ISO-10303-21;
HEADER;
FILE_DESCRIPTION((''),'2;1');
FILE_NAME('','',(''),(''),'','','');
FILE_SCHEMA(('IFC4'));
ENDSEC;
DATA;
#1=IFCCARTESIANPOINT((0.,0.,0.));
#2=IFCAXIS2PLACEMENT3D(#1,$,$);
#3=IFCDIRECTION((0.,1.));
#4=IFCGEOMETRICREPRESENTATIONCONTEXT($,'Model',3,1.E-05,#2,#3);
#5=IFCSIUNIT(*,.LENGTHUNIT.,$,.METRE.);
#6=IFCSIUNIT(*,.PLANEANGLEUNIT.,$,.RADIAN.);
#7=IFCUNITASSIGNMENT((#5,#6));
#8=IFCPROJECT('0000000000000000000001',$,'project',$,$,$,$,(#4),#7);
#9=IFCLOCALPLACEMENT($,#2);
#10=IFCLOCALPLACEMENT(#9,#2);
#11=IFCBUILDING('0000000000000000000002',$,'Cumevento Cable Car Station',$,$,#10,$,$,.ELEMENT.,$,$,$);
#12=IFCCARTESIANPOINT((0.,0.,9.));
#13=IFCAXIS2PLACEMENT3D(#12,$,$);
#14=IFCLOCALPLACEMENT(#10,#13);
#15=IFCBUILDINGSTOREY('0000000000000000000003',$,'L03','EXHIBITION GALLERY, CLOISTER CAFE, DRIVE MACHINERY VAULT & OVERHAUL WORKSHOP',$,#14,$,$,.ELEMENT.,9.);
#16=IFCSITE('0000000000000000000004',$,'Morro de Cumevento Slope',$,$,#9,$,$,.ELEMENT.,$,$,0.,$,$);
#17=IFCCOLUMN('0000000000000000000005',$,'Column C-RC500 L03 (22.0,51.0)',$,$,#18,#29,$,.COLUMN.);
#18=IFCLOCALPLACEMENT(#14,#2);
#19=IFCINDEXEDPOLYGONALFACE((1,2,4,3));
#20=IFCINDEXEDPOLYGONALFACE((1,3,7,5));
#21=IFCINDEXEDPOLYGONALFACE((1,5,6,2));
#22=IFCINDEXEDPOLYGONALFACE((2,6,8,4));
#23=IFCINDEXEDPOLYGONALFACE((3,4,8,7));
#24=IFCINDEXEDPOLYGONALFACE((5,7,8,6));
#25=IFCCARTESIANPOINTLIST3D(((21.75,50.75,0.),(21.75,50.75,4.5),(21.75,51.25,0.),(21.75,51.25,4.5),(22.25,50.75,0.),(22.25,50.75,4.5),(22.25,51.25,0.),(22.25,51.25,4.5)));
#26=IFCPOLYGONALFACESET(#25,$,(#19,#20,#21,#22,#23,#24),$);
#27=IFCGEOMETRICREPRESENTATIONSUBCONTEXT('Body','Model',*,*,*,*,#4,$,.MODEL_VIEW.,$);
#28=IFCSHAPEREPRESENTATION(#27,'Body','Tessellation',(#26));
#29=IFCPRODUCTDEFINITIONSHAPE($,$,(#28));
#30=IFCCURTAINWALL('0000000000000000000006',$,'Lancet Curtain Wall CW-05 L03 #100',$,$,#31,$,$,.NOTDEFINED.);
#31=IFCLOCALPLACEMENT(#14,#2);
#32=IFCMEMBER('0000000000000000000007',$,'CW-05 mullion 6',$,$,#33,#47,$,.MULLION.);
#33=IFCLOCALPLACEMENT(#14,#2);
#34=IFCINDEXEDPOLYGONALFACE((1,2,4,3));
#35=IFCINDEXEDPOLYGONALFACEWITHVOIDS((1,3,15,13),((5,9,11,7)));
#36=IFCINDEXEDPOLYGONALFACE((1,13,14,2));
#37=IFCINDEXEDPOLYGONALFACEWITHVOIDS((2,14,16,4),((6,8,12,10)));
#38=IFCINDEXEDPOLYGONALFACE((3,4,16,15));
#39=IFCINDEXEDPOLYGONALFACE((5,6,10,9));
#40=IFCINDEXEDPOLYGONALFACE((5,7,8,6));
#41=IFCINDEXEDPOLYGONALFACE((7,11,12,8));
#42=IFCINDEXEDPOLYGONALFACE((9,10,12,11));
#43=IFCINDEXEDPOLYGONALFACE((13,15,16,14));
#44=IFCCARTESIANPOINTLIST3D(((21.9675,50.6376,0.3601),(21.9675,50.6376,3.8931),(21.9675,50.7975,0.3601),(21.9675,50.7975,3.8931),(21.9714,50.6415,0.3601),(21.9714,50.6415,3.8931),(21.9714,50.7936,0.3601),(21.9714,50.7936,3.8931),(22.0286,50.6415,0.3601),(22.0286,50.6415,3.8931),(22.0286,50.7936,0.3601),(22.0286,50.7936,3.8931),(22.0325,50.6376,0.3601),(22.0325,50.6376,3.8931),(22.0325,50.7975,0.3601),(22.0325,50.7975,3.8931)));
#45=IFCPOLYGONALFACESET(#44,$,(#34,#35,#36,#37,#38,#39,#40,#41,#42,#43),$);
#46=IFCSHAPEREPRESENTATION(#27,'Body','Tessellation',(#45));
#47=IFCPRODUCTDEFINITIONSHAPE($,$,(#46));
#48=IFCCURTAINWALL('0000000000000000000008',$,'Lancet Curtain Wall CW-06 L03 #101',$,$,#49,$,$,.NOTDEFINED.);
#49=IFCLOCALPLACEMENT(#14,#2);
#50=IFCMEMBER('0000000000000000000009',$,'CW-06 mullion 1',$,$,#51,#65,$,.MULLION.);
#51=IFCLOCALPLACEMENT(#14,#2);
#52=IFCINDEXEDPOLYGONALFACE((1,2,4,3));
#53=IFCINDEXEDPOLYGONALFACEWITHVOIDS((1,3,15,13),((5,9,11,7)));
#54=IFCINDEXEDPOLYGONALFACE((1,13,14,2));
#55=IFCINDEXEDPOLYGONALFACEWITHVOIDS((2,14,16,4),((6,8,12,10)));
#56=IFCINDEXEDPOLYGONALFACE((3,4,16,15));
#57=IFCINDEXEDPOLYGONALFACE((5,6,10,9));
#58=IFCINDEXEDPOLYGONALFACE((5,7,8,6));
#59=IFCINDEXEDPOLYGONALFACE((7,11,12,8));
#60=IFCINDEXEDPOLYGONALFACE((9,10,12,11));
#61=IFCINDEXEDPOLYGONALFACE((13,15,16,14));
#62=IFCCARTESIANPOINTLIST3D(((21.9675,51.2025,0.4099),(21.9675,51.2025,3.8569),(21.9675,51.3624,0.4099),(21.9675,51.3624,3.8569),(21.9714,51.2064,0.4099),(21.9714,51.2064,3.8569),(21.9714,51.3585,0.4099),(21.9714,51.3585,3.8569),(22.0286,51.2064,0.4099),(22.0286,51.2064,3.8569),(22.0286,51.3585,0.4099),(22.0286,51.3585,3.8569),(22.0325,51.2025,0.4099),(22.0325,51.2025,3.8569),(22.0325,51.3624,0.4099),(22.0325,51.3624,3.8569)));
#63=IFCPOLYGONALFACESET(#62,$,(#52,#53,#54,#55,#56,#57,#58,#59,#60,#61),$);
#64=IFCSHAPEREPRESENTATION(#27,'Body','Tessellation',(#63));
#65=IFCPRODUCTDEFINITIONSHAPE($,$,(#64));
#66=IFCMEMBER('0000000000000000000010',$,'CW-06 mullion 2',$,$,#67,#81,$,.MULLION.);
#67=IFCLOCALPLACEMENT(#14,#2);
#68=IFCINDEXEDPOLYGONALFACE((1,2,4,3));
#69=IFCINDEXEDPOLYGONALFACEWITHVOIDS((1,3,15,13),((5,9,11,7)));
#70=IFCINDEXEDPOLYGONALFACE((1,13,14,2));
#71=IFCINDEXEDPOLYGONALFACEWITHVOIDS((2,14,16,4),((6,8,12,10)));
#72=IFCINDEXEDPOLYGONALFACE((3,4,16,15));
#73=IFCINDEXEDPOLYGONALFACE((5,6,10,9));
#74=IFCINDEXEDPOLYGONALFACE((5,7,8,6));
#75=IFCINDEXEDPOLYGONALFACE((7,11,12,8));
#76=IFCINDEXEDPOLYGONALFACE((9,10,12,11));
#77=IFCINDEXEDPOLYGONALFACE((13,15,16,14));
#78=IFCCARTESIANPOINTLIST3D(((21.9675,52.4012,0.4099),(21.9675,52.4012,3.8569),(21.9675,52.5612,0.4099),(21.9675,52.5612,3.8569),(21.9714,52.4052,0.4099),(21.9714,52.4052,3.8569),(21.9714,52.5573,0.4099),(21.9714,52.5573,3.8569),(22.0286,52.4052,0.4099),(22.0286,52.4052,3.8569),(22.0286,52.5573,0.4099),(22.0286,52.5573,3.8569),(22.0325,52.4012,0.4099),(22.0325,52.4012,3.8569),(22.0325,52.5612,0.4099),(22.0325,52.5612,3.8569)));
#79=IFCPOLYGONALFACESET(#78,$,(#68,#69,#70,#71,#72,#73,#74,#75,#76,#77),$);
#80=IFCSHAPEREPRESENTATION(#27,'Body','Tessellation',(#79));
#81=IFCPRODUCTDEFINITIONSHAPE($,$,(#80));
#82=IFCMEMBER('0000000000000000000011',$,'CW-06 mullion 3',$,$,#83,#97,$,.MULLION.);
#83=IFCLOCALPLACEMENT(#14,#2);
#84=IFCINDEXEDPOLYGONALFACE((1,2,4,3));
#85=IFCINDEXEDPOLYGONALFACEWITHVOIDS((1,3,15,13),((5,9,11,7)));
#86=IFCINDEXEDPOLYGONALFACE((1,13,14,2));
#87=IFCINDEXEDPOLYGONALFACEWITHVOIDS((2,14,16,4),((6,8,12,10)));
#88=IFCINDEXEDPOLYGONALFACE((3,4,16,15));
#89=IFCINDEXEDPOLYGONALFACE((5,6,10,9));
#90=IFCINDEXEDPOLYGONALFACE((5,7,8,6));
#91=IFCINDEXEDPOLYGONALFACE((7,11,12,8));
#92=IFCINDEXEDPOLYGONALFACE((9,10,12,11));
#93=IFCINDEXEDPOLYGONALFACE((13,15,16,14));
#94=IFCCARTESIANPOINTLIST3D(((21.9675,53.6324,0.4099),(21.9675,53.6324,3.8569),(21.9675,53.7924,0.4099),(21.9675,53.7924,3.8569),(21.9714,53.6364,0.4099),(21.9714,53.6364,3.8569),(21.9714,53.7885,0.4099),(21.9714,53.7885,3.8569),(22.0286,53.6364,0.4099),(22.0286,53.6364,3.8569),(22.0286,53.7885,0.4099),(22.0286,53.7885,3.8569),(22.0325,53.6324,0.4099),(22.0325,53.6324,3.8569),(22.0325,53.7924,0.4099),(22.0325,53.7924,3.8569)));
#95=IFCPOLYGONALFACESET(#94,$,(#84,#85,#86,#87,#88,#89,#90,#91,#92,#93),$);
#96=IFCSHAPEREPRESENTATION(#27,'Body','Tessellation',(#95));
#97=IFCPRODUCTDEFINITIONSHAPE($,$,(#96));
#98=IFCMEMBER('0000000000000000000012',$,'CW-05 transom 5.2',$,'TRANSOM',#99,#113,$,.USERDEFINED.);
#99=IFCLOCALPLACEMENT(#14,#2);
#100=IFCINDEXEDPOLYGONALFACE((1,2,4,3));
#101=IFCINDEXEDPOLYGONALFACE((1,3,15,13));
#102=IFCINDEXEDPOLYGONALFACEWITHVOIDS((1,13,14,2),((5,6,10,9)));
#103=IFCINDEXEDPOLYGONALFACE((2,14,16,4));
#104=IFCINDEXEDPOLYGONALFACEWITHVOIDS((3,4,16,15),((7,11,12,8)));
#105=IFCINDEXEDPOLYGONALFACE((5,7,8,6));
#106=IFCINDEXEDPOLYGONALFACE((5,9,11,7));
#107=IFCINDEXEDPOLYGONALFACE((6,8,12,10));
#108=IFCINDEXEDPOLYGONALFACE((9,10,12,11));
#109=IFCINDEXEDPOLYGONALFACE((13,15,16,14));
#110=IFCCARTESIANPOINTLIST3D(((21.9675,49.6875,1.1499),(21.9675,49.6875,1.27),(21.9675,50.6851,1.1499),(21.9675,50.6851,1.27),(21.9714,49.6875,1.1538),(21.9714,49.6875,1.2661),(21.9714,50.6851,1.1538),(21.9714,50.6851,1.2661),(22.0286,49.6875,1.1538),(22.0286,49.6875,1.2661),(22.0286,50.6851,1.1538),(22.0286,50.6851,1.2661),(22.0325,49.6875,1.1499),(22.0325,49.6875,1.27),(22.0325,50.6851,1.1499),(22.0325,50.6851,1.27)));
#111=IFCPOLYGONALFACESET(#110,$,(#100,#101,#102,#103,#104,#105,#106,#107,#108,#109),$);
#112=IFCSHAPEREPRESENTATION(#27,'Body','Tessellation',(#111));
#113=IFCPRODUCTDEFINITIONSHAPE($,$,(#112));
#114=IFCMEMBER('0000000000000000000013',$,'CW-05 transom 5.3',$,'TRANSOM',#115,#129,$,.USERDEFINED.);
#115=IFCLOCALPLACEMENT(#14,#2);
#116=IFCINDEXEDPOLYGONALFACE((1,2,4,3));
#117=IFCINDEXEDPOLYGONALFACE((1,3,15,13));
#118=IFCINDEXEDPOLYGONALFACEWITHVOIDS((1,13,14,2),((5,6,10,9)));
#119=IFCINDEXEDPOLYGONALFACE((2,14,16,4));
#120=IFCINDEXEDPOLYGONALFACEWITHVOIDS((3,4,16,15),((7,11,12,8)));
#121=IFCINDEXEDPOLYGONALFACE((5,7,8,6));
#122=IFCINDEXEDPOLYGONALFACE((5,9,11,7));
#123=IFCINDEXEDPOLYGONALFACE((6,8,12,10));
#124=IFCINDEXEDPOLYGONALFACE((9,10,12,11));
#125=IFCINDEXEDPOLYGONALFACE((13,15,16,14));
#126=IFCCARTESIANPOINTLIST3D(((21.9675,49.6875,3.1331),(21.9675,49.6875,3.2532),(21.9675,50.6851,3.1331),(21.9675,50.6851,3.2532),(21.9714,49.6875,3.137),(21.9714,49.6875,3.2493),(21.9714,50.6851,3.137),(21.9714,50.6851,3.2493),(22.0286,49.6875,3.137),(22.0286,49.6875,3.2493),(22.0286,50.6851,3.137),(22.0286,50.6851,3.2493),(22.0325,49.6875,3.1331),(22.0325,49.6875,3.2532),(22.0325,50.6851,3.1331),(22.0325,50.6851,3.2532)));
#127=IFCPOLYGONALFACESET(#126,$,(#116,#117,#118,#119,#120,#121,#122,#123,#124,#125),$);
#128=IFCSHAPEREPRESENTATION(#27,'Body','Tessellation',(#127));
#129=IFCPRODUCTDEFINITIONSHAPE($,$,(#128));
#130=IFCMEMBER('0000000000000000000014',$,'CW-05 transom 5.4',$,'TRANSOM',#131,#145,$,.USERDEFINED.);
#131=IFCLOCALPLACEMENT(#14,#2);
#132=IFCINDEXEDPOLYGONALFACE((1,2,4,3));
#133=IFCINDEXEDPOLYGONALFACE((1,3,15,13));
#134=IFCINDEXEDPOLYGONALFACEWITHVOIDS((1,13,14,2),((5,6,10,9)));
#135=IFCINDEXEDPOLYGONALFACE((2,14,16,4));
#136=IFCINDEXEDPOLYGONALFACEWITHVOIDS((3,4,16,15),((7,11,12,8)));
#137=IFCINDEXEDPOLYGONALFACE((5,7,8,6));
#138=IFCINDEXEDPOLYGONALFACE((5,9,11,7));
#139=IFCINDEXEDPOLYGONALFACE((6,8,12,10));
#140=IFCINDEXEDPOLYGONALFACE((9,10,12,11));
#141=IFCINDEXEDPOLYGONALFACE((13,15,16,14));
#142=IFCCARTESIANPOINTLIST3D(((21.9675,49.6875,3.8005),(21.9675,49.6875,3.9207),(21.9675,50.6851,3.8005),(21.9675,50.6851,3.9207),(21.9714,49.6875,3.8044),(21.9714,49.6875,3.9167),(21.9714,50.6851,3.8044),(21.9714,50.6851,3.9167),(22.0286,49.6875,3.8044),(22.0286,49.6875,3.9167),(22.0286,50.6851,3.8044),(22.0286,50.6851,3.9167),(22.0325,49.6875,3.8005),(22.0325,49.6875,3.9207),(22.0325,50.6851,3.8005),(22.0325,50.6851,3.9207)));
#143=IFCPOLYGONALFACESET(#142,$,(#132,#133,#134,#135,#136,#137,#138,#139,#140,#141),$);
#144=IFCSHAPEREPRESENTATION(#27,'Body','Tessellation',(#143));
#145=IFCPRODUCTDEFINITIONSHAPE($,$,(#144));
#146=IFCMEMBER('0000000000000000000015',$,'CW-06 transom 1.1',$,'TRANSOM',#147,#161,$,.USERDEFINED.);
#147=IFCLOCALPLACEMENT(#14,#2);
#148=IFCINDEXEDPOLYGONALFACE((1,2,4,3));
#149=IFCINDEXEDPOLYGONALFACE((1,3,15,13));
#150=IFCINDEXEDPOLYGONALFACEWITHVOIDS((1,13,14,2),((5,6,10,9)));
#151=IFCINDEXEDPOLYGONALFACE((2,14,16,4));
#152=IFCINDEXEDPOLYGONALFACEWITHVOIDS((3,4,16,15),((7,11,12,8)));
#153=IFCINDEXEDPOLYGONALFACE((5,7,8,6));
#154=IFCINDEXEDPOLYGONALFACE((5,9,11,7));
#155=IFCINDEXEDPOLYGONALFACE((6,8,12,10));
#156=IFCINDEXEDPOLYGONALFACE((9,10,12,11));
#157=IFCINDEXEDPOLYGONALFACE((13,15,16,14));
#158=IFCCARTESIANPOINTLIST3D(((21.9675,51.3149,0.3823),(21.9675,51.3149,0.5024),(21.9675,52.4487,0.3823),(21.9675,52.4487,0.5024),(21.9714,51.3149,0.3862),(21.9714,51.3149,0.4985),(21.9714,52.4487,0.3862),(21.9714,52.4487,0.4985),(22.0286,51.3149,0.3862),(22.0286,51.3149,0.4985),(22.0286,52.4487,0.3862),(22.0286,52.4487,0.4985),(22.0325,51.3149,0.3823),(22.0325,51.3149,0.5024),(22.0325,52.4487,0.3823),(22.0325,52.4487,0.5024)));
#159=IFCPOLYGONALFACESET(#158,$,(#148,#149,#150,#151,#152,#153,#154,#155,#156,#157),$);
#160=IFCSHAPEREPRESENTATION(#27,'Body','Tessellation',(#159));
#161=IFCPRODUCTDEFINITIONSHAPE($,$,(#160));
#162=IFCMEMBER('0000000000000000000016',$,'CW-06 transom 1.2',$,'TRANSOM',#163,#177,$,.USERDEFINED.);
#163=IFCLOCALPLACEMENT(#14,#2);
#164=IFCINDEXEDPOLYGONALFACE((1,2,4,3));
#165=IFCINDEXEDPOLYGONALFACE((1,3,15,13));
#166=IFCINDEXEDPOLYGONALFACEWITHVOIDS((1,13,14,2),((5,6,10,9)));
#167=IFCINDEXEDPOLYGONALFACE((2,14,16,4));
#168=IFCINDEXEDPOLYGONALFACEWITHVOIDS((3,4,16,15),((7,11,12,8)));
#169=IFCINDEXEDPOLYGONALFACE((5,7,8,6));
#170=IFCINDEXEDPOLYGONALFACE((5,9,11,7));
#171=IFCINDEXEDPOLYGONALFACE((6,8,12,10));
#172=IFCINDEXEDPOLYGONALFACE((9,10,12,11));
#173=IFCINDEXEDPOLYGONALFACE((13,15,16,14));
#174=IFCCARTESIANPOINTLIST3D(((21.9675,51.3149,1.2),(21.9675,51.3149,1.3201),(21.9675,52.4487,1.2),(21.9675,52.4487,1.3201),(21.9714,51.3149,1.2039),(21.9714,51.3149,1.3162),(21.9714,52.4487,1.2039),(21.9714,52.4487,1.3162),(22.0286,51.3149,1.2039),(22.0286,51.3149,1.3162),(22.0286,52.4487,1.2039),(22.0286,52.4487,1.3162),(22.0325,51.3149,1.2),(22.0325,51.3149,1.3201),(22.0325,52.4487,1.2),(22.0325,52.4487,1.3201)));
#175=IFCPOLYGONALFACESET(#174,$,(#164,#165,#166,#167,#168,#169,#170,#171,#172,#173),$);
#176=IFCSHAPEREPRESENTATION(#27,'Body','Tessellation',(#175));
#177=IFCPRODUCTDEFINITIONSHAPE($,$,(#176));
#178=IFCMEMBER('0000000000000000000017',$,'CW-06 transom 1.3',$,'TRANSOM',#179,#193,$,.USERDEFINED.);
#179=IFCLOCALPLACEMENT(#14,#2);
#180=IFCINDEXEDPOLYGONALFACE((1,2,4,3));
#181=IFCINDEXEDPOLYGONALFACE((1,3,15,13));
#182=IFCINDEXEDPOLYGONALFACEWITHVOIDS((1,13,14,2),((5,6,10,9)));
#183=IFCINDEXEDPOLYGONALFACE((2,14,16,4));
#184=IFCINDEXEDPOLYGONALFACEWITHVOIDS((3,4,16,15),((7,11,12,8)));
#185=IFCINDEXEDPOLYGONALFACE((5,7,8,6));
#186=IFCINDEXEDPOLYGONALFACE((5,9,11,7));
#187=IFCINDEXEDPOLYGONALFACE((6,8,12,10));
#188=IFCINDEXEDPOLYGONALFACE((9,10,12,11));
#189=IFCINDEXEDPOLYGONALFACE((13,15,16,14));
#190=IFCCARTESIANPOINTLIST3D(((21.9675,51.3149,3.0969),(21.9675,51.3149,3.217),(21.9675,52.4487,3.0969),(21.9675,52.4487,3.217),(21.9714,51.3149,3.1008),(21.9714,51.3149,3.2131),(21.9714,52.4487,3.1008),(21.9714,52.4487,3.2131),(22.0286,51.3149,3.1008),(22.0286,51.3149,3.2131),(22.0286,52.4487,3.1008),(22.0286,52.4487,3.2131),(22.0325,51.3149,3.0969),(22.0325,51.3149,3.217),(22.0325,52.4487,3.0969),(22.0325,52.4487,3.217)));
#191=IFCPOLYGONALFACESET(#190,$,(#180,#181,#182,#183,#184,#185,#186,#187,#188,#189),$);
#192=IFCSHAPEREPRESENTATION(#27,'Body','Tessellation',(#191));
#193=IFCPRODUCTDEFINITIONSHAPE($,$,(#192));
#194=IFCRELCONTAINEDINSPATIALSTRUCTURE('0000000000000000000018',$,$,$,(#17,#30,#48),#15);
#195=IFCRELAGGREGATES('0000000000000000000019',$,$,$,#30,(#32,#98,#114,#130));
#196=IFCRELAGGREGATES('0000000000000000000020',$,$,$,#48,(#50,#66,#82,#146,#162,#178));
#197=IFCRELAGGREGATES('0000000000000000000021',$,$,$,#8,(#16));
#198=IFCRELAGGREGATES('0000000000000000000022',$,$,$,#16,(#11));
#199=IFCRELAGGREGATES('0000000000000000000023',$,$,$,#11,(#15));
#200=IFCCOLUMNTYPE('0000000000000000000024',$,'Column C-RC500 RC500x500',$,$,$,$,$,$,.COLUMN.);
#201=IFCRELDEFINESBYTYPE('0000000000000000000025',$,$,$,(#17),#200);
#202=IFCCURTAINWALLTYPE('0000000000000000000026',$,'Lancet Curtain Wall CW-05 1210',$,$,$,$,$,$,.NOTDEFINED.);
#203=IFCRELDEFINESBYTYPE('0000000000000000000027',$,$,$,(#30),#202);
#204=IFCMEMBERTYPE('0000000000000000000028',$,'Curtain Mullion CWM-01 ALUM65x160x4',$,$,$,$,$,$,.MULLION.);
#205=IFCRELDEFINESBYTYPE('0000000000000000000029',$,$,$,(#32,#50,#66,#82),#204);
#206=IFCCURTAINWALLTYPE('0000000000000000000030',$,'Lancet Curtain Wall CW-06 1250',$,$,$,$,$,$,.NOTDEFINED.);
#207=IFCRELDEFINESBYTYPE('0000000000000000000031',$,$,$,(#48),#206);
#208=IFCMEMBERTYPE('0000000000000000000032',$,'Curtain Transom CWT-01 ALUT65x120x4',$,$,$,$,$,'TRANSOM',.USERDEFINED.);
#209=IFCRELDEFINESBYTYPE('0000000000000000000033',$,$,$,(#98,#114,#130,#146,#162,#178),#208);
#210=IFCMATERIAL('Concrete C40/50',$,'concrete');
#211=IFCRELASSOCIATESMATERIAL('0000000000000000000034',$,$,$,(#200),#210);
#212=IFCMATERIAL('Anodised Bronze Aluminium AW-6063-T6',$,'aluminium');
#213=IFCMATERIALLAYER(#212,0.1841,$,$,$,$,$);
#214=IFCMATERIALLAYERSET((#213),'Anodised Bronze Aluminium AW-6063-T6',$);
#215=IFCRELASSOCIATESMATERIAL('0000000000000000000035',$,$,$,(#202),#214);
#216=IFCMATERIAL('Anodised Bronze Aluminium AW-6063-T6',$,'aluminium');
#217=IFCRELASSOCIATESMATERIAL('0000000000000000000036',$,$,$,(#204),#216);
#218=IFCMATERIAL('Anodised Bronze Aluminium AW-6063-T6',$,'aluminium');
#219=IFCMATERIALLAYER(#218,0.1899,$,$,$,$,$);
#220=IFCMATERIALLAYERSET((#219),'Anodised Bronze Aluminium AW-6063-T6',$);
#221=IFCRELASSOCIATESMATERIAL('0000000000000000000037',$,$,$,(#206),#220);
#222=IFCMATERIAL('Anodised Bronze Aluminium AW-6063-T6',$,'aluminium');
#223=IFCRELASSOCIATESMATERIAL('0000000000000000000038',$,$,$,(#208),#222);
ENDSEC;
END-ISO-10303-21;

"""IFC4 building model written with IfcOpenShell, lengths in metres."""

from ifc_helpers import new_model, si_unit, direction, frame, origin, origin_2d, place, context, subcontext, project, spatial, rectangle, hollow_rectangle, extrude, material, layer, layer_set, material_profile, profile_set, type_object, element, aggregate, save


model = new_model("IFC4")

# Units and contexts
model_context = context("Model", 3, precision=1e-05, world=origin(), true_north=direction((0.0, 1.0)))
body_context = subcontext(model_context, "Body", "Model", "MODEL_VIEW")
ifc_project = project(units=[si_unit("LENGTHUNIT", "METRE"), si_unit("PLANEANGLEUNIT", "RADIAN")], contexts=[model_context])

# Site, building, storey
site_placement = place(None, origin())
site = spatial("IfcSite", under=ifc_project, at=site_placement, Name="Morro de Cumevento Slope", CompositionType="ELEMENT", RefElevation=0.0)
building_placement = place(site_placement, origin())
building = spatial("IfcBuilding", under=site, at=building_placement, Name="Cumevento Cable Car Station", CompositionType="ELEMENT")
storey_placement = place(building_placement, frame((0.0, 0.0, 9.0)))
storey = spatial("IfcBuildingStorey", under=building, at=storey_placement, Name="L03", Description="EXHIBITION GALLERY, CLOISTER CAFE, DRIVE MACHINERY VAULT & OVERHAUL WORKSHOP", CompositionType="ELEMENT", Elevation=9.0)

# Column
ifc_material_1 = material(Name="Concrete C40/50", Category="concrete")
ifc_material_profile_1 = material_profile(ifc_material_1, rectangle(XDim=0.5, YDim=0.5, at=origin_2d()), Name="RC500x500")
ifc_profile_set_1 = profile_set([ifc_material_profile_1], Name="Concrete C40/50")
column_type = type_object("IfcColumnType", Name="Column C-RC500 RC500x500", PredefinedType="COLUMN", material=ifc_profile_set_1)
column_placement = place(storey_placement, frame((22.0, 51.0, 0.0), z_axis=(0.0, 0.0, 1.0), x_axis=(1.0, 0.0, 0.0)))
element("IfcColumn", 1, at=column_placement, inside=storey, type_object=column_type, Name="Column C-RC500 L03 (22.0,51.0)", PredefinedType="COLUMN", context=body_context, shape_type="SweptSolid", body=[
    extrude(rectangle(XDim=0.5, YDim=0.5, at=origin_2d()), origin(), (0.0, 0.0, 1.0), 4.5),
])

# Curtain wall, member
ifc_material_2 = material(Name="Anodised Bronze Aluminium AW-6063-T6", Category="aluminium")
ifc_layer_1 = layer(ifc_material_2, 0.1841)
ifc_layer_set_1 = layer_set([ifc_layer_1], Name="Anodised Bronze Aluminium AW-6063-T6")
curtain_wall_type_1 = type_object("IfcCurtainWallType", Name="Lancet Curtain Wall CW-05 1210", PredefinedType="NOTDEFINED", material=ifc_layer_set_1)
curtain_wall_1_placement = place(storey_placement, origin())
curtain_wall_1 = element("IfcCurtainWall", 2, at=curtain_wall_1_placement, inside=storey, type_object=curtain_wall_type_1, Name="Lancet Curtain Wall CW-05 L03 #100", PredefinedType="NOTDEFINED")
ifc_material_3 = material(Name="Anodised Bronze Aluminium AW-6063-T6", Category="aluminium")
ifc_material_profile_2 = material_profile(ifc_material_3, hollow_rectangle(XDim=0.0649, YDim=0.1599, WallThickness=0.0039, at=origin_2d()), Name="ALUM65x160x4")
ifc_profile_set_2 = profile_set([ifc_material_profile_2], Name="Anodised Bronze Aluminium AW-6063-T6")
member_type_1 = type_object("IfcMemberType", Name="Curtain Mullion CWM-01 ALUM65x160x4", PredefinedType="MULLION", material=ifc_profile_set_2)
member_1_placement = place(storey_placement, frame((22.0, 50.7175, 0.3601), z_axis=(0.0, 0.0, 1.0), x_axis=(-1.0, 0.0, 0.0)))
member_1 = element("IfcMember", 3, at=member_1_placement, type_object=member_type_1, Name="CW-05 mullion 6", PredefinedType="MULLION", context=body_context, shape_type="SweptSolid", body=[
    extrude(hollow_rectangle(XDim=0.0649, YDim=0.1599, WallThickness=0.0039, at=origin_2d()), origin(), (0.0, 0.0, 1.0), 3.533),
])

# Curtain wall, members
ifc_material_4 = material(Name="Anodised Bronze Aluminium AW-6063-T6", Category="aluminium")
ifc_layer_2 = layer(ifc_material_4, 0.1899)
ifc_layer_set_2 = layer_set([ifc_layer_2], Name="Anodised Bronze Aluminium AW-6063-T6")
curtain_wall_type_2 = type_object("IfcCurtainWallType", Name="Lancet Curtain Wall CW-06 1250", PredefinedType="NOTDEFINED", material=ifc_layer_set_2)
curtain_wall_2_placement = place(storey_placement, origin())
curtain_wall_2 = element("IfcCurtainWall", 4, at=curtain_wall_2_placement, inside=storey, type_object=curtain_wall_type_2, Name="Lancet Curtain Wall CW-06 L03 #101", PredefinedType="NOTDEFINED")
member_2_placement = place(storey_placement, frame((22.0, 51.2825, 0.4099), z_axis=(0.0, 0.0, 1.0), x_axis=(-1.0, 0.0, 0.0)))
member_2 = element("IfcMember", 5, at=member_2_placement, type_object=member_type_1, Name="CW-06 mullion 1", PredefinedType="MULLION", context=body_context, shape_type="SweptSolid", body=[
    extrude(hollow_rectangle(XDim=0.0649, YDim=0.1599, WallThickness=0.0039, at=origin_2d()), origin(), (0.0, 0.0, 1.0), 3.447),
])
member_3_placement = place(storey_placement, frame((22.0, 52.4812, 0.4099), z_axis=(0.0, 0.0, 1.0), x_axis=(-1.0, 0.0, 0.0)))
member_3 = element("IfcMember", 6, at=member_3_placement, type_object=member_type_1, Name="CW-06 mullion 2", PredefinedType="MULLION", context=body_context, shape_type="SweptSolid", body=[
    extrude(hollow_rectangle(XDim=0.0649, YDim=0.1599, WallThickness=0.0039, at=origin_2d()), origin(), (0.0, 0.0, 1.0), 3.447),
])
member_4_placement = place(storey_placement, frame((22.0, 53.7124, 0.4099), z_axis=(0.0, 0.0, 1.0), x_axis=(-1.0, 0.0, 0.0)))
member_4 = element("IfcMember", 7, at=member_4_placement, type_object=member_type_1, Name="CW-06 mullion 3", PredefinedType="MULLION", context=body_context, shape_type="SweptSolid", body=[
    extrude(hollow_rectangle(XDim=0.0649, YDim=0.1599, WallThickness=0.0039, at=origin_2d()), origin(), (0.0, 0.0, 1.0), 3.447),
])

# Members
ifc_material_5 = material(Name="Anodised Bronze Aluminium AW-6063-T6", Category="aluminium")
ifc_material_profile_3 = material_profile(ifc_material_5, hollow_rectangle(XDim=0.0649, YDim=0.1201, WallThickness=0.0039, at=origin_2d()), Name="ALUT65x120x4")
ifc_profile_set_3 = profile_set([ifc_material_profile_3], Name="Anodised Bronze Aluminium AW-6063-T6")
member_type_2 = type_object("IfcMemberType", Name="Curtain Transom CWT-01 ALUT65x120x4", ElementType="TRANSOM", PredefinedType="USERDEFINED", material=ifc_profile_set_3)
member_5_placement = place(storey_placement, frame((22.0, 49.6875, 1.21), z_axis=(0.0, 1.0, 0.0), x_axis=(-1.0, 0.0, 0.0)))
member_5 = element("IfcMember", 8, at=member_5_placement, type_object=member_type_2, Name="CW-05 transom 5.2", ObjectType="TRANSOM", PredefinedType="USERDEFINED", context=body_context, shape_type="SweptSolid", body=[
    extrude(hollow_rectangle(XDim=0.0649, YDim=0.1201, WallThickness=0.0039, at=origin_2d()), origin(), (0.0, 0.0, 1.0), 0.9976),
])
member_6_placement = place(storey_placement, frame((22.0, 49.6875, 3.1931), z_axis=(0.0, 1.0, 0.0), x_axis=(-1.0, 0.0, 0.0)))
member_6 = element("IfcMember", 9, at=member_6_placement, type_object=member_type_2, Name="CW-05 transom 5.3", ObjectType="TRANSOM", PredefinedType="USERDEFINED", context=body_context, shape_type="SweptSolid", body=[
    extrude(hollow_rectangle(XDim=0.0649, YDim=0.1201, WallThickness=0.0039, at=origin_2d()), origin(), (0.0, 0.0, 1.0), 0.9976),
])
member_7_placement = place(storey_placement, frame((22.0, 49.6875, 3.8606), z_axis=(0.0, 1.0, 0.0), x_axis=(-1.0, 0.0, 0.0)))
member_7 = element("IfcMember", 10, at=member_7_placement, type_object=member_type_2, Name="CW-05 transom 5.4", ObjectType="TRANSOM", PredefinedType="USERDEFINED", context=body_context, shape_type="SweptSolid", body=[
    extrude(hollow_rectangle(XDim=0.0649, YDim=0.1201, WallThickness=0.0039, at=origin_2d()), origin(), (0.0, 0.0, 1.0), 0.9976),
])
member_8_placement = place(storey_placement, frame((22.0, 51.3149, 0.4424), z_axis=(0.0, 1.0, 0.0), x_axis=(-1.0, 0.0, 0.0)))
member_8 = element("IfcMember", 11, at=member_8_placement, type_object=member_type_2, Name="CW-06 transom 1.1", ObjectType="TRANSOM", PredefinedType="USERDEFINED", context=body_context, shape_type="SweptSolid", body=[
    extrude(hollow_rectangle(XDim=0.0649, YDim=0.1201, WallThickness=0.0039, at=origin_2d()), origin(), (0.0, 0.0, 1.0), 1.1338),
])
member_9_placement = place(storey_placement, frame((22.0, 51.3149, 1.26), z_axis=(0.0, 1.0, 0.0), x_axis=(-1.0, 0.0, 0.0)))
member_9 = element("IfcMember", 12, at=member_9_placement, type_object=member_type_2, Name="CW-06 transom 1.2", ObjectType="TRANSOM", PredefinedType="USERDEFINED", context=body_context, shape_type="SweptSolid", body=[
    extrude(hollow_rectangle(XDim=0.0649, YDim=0.1201, WallThickness=0.0039, at=origin_2d()), origin(), (0.0, 0.0, 1.0), 1.1338),
])
member_10_placement = place(storey_placement, frame((22.0, 51.3149, 3.157), z_axis=(0.0, 1.0, 0.0), x_axis=(-1.0, 0.0, 0.0)))
member_10 = element("IfcMember", 13, at=member_10_placement, type_object=member_type_2, Name="CW-06 transom 1.3", ObjectType="TRANSOM", PredefinedType="USERDEFINED", context=body_context, shape_type="SweptSolid", body=[
    extrude(hollow_rectangle(XDim=0.0649, YDim=0.1201, WallThickness=0.0039, at=origin_2d()), origin(), (0.0, 0.0, 1.0), 1.1338),
])

aggregate(curtain_wall_1, [member_1, member_5, member_6, member_7])
aggregate(curtain_wall_2, [member_2, member_3, member_4, member_8, member_9, member_10])

save(model, "model.ifc")
